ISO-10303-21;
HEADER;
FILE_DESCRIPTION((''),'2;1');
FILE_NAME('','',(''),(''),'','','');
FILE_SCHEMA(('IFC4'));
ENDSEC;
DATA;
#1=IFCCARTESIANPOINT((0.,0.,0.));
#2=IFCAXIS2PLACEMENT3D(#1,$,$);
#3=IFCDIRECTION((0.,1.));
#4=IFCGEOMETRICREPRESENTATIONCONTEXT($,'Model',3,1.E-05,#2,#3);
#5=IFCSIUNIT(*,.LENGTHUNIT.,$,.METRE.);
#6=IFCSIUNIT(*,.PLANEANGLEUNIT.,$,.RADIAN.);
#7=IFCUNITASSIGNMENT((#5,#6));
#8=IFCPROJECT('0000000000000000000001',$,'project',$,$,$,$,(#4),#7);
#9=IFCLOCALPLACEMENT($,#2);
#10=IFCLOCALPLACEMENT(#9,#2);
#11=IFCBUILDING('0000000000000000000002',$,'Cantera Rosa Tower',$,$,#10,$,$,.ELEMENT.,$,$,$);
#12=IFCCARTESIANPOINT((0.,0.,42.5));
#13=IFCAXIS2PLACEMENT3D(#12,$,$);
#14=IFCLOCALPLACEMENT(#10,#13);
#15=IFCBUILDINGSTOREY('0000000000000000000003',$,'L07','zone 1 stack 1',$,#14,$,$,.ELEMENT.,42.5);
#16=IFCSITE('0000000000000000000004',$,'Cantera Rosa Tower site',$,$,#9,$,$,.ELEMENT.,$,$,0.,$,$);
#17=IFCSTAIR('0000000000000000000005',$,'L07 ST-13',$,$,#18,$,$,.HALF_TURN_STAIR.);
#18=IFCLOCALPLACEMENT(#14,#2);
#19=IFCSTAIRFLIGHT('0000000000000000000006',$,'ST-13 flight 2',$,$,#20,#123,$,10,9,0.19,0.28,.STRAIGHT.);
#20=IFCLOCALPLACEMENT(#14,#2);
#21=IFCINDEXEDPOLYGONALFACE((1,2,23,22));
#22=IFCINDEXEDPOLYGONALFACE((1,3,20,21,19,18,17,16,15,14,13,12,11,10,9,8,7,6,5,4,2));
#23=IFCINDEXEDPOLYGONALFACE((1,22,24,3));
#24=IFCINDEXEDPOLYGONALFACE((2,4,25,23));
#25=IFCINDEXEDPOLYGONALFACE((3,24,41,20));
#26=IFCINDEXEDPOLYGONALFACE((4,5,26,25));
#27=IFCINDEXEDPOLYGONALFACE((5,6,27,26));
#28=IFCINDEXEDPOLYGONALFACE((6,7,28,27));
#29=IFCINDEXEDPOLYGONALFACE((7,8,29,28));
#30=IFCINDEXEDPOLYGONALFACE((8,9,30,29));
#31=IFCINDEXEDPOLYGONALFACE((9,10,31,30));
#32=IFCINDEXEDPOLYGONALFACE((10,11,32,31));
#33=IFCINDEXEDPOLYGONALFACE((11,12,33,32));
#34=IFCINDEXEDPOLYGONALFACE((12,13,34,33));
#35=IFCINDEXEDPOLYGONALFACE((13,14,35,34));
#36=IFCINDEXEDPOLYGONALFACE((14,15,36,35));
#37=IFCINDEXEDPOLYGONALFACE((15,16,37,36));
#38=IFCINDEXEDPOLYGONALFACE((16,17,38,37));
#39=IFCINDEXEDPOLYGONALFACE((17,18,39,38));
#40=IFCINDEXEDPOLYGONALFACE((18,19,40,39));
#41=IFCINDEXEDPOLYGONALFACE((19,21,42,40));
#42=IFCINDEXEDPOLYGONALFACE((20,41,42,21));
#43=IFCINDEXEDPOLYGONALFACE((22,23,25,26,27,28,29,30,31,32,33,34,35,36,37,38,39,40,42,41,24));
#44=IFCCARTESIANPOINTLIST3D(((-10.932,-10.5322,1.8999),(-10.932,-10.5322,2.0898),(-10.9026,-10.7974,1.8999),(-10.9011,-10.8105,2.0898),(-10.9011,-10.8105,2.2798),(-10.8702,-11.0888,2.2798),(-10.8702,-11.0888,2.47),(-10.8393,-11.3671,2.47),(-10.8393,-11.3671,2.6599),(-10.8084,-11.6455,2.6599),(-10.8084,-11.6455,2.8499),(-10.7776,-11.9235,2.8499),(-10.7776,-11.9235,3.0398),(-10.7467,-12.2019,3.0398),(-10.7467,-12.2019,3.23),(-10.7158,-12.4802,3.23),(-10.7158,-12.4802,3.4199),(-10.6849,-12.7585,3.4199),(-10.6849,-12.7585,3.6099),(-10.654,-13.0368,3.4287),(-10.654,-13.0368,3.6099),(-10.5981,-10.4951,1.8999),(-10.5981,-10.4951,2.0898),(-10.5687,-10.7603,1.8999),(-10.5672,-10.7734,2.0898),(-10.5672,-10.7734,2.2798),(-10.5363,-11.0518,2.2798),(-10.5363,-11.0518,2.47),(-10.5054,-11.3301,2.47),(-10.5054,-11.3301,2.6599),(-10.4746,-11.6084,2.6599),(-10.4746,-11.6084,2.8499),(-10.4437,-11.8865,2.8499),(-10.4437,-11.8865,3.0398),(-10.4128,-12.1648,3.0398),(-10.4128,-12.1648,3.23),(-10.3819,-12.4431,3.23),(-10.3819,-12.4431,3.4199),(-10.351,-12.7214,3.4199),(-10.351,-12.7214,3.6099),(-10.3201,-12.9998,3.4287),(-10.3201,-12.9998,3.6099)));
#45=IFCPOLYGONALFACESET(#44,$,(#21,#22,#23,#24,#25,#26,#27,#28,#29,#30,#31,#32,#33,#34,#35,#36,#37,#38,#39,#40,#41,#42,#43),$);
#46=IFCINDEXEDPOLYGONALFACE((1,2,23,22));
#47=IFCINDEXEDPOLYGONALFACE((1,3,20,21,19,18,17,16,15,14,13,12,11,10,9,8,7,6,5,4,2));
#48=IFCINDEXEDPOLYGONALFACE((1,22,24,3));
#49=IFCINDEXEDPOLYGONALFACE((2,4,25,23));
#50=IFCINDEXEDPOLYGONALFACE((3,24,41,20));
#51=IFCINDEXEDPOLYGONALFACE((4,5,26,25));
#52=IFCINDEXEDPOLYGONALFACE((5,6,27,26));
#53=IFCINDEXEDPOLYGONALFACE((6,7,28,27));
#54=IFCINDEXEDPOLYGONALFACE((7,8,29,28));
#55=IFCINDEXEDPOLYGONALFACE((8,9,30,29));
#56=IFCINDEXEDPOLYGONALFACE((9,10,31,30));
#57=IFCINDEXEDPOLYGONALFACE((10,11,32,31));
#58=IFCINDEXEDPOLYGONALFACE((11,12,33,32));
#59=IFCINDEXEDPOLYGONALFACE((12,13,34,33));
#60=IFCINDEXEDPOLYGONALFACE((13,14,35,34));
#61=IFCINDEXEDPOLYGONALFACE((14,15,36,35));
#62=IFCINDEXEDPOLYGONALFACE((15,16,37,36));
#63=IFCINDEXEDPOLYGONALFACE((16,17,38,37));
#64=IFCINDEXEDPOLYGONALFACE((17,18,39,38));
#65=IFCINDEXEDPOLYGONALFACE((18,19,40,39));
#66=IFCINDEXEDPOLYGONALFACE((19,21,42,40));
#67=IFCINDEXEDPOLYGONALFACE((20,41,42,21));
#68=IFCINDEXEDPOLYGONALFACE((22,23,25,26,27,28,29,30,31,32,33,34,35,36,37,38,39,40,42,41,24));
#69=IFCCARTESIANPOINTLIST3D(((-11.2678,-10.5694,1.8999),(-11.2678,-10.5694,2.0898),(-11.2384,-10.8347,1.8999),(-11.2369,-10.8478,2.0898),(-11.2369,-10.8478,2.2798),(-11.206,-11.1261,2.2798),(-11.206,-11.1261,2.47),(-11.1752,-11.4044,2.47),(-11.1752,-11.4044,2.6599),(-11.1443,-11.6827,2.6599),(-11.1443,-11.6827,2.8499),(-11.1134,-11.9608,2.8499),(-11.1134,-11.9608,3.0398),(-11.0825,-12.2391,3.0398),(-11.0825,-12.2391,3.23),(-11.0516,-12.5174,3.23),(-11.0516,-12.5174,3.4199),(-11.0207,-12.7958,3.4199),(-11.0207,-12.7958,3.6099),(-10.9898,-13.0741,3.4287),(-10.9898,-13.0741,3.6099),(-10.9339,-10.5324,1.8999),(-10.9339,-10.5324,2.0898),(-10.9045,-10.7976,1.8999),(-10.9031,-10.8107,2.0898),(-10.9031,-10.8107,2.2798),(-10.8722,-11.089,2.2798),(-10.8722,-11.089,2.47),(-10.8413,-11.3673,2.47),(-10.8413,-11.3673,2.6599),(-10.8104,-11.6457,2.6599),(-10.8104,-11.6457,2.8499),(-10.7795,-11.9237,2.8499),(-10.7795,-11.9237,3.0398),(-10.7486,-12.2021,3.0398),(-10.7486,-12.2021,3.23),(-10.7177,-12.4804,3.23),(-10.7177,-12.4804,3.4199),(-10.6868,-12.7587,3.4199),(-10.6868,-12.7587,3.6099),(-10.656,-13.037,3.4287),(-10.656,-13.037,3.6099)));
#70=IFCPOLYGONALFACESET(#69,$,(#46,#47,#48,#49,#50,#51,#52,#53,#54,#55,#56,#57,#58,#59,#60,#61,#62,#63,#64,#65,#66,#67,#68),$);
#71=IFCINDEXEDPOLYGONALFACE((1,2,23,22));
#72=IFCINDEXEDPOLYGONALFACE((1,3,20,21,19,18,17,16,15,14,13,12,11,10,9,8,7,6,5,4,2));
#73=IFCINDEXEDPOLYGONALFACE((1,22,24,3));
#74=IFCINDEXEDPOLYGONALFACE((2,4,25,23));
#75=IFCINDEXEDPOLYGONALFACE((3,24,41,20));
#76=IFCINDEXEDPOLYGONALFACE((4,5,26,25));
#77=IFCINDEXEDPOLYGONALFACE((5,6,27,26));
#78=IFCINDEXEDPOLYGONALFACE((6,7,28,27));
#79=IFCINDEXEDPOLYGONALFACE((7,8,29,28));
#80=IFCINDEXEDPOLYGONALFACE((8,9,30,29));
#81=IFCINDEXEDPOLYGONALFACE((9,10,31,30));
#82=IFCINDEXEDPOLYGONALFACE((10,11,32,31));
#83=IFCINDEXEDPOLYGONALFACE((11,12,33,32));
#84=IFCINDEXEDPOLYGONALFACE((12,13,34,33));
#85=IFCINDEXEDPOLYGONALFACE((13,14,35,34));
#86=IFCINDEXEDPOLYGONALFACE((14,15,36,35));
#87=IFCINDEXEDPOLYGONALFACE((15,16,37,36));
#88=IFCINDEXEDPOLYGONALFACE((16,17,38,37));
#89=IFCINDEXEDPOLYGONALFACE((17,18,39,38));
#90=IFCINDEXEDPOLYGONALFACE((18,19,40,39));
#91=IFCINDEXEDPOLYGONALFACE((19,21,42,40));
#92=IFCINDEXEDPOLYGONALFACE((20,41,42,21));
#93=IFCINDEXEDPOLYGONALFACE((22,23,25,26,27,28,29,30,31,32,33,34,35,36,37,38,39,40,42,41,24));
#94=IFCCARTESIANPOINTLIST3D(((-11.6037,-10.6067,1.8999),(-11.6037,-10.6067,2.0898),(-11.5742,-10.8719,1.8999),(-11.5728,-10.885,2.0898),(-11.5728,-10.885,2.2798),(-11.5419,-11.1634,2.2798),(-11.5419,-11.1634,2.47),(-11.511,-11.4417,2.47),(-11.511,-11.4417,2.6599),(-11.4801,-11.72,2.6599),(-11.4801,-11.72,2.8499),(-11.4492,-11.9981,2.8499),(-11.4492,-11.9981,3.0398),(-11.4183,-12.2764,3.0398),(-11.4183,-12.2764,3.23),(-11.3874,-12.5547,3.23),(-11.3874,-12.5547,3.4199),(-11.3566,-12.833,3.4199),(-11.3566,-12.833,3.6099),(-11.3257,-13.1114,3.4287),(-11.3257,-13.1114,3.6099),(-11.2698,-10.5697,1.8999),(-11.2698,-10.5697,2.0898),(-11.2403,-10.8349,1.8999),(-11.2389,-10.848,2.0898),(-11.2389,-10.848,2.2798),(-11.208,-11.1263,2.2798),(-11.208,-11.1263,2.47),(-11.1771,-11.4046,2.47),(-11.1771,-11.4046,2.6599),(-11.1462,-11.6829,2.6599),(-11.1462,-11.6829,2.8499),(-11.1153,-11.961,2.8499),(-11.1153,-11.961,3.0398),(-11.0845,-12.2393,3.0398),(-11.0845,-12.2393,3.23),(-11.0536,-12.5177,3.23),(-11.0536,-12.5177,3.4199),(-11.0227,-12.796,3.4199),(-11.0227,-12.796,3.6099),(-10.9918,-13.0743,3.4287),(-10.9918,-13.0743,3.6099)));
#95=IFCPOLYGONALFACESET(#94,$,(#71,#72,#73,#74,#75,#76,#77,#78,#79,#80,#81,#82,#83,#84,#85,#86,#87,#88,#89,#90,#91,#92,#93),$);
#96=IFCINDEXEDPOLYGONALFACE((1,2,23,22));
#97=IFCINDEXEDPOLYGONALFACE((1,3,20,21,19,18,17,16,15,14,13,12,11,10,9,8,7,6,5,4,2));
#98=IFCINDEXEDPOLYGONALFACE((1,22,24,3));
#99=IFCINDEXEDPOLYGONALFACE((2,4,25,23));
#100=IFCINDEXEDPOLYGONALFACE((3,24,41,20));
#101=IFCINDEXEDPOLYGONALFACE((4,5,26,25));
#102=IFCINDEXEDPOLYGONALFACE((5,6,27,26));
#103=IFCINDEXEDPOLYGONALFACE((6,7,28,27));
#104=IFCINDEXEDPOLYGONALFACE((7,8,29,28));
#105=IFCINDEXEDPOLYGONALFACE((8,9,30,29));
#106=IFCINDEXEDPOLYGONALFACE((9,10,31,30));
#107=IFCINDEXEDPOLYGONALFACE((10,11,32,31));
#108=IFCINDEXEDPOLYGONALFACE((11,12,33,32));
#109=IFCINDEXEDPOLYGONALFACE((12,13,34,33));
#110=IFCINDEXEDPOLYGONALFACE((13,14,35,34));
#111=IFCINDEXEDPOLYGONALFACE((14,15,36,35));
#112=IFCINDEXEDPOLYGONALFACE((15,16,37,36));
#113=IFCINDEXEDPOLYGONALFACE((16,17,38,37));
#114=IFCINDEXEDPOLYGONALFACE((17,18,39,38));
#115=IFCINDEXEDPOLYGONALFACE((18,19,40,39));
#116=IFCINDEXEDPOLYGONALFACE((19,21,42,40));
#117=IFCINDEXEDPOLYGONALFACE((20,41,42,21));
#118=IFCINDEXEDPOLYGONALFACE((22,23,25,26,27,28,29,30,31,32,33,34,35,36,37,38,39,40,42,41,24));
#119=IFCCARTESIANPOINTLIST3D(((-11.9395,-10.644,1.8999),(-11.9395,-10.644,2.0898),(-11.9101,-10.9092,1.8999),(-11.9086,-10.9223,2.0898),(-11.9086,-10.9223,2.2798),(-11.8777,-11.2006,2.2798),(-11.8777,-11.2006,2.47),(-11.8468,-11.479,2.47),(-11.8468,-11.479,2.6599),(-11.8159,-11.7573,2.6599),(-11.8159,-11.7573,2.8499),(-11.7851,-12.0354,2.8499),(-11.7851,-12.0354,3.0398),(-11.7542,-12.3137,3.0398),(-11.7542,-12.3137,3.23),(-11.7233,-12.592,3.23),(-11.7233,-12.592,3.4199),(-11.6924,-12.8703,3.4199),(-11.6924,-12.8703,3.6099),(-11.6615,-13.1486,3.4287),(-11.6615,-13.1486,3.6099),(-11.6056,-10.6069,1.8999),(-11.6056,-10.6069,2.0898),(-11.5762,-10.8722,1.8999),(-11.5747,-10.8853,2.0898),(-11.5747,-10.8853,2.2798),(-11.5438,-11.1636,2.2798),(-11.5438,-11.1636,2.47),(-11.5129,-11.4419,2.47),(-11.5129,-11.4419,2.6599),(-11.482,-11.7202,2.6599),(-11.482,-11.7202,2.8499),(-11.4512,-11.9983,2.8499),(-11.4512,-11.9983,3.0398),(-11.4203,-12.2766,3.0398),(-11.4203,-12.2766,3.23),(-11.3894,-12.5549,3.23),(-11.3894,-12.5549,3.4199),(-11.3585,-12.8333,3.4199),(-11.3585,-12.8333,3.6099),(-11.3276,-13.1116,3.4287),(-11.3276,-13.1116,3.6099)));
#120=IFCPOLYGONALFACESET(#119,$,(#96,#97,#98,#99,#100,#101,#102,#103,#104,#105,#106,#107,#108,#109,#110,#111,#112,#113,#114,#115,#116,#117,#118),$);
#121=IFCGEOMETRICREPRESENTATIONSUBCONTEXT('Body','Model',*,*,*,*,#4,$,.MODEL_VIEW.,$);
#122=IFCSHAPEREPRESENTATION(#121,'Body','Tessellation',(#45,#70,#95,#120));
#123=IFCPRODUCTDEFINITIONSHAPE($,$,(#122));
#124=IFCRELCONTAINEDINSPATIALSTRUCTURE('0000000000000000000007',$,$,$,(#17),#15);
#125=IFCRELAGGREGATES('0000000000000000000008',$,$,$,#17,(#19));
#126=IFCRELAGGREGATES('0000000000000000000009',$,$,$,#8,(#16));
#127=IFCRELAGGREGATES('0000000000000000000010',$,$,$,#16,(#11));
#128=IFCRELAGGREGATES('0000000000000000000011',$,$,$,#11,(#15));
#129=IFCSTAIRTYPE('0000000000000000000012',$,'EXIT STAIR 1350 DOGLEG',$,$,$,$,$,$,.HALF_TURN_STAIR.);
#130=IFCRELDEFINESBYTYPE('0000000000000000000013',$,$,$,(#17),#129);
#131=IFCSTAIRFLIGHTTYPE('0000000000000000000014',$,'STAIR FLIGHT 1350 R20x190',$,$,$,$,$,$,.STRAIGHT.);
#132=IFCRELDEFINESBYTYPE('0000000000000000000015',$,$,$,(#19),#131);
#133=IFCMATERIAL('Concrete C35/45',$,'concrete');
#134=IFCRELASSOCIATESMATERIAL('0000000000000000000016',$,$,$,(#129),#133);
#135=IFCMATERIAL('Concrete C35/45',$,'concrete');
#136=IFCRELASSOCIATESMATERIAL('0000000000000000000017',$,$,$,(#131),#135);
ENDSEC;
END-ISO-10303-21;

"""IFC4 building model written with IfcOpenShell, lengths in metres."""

from ifc_helpers import new_model, si_unit, direction, frame, origin, place, context, subcontext, project, spatial, polyline, outline, extrude, material, type_object, element, aggregate, save


model = new_model("IFC4")

# Units and contexts
model_context = context("Model", 3, precision=1e-05, world=origin(), true_north=direction((0.0, 1.0)))
body_context = subcontext(model_context, "Body", "Model", "MODEL_VIEW")
ifc_project = project(units=[si_unit("LENGTHUNIT", "METRE"), si_unit("PLANEANGLEUNIT", "RADIAN")], contexts=[model_context])

# Site, building, storey
site_placement = place(None, origin())
site = spatial("IfcSite", under=ifc_project, at=site_placement, Name="Cantera Rosa Tower site", CompositionType="ELEMENT", RefElevation=0.0)
building_placement = place(site_placement, origin())
building = spatial("IfcBuilding", under=site, at=building_placement, Name="Cantera Rosa Tower", CompositionType="ELEMENT")
storey_placement = place(building_placement, frame((0.0, 0.0, 42.5)))
storey = spatial("IfcBuildingStorey", under=building, at=storey_placement, Name="L07", Description="zone 1 stack 1", CompositionType="ELEMENT", Elevation=42.5)

# Stair, stair flight
ifc_material_1 = material(Name="Concrete C35/45", Category="concrete")
stair_type = type_object("IfcStairType", Name="EXIT STAIR 1350 DOGLEG", PredefinedType="HALF_TURN_STAIR", material=ifc_material_1)
stair_placement = place(storey_placement, origin())
stair = element("IfcStair", 1, at=stair_placement, inside=storey, type_object=stair_type, Name="L07 ST-13", PredefinedType="HALF_TURN_STAIR")
ifc_material_2 = material(Name="Concrete C35/45", Category="concrete")
stair_flight_type = type_object("IfcStairFlightType", Name="STAIR FLIGHT 1350 R20x190", PredefinedType="STRAIGHT", material=ifc_material_2)
stair_flight_placement = place(storey_placement, frame((-11.269, -10.5696, 1.8999), z_axis=(0.0, 0.0, 1.0), x_axis=(0.110313, -0.993897, 0.0)))
stair_flight = element("IfcStairFlight", 2, at=stair_flight_placement, type_object=stair_flight_type, Name="ST-13 flight 2", NumberOfRisers=10, NumberOfTreads=9, PredefinedType="STRAIGHT", RiserHeight=0.19, TreadLength=0.28, context=body_context, shape_type="SweptSolid", body=[
    extrude(outline(polyline([(0.0, 0.0), (0.0, 0.1899), (0.28, 0.1899), (0.28, 0.3799), (0.5601, 0.3799), (0.5601, 0.5701), (0.8401, 0.5701), (0.8401, 0.76), (1.1201, 0.76), (1.1201, 0.95), (1.3999, 0.95), (1.3999, 1.1399), (1.6799, 1.1399), (1.6799, 1.3301), (1.96, 1.3301), (1.96, 1.52), (2.24, 1.52), (2.24, 1.71), (2.52, 1.71), (2.52, 1.8999), (2.52, 1.5288), (0.2668, 0.0), (0.0, 0.0)])), frame((0.0, 0.675, 0.0), z_axis=(0.0, -1.0, 0.0), x_axis=(1.0, 0.0, 0.0)), (0.0, 0.0, 1.0), 0.3359),
    extrude(outline(polyline([(0.0, 0.0), (0.0, 0.1899), (0.28, 0.1899), (0.28, 0.3799), (0.5601, 0.3799), (0.5601, 0.5701), (0.8401, 0.5701), (0.8401, 0.76), (1.1201, 0.76), (1.1201, 0.95), (1.3999, 0.95), (1.3999, 1.1399), (1.6799, 1.1399), (1.6799, 1.3301), (1.96, 1.3301), (1.96, 1.52), (2.24, 1.52), (2.24, 1.71), (2.52, 1.71), (2.52, 1.8999), (2.52, 1.5288), (0.2668, 0.0), (0.0, 0.0)])), frame((0.0, 0.3372, 0.0), z_axis=(0.0, -1.0, 0.0), x_axis=(1.0, 0.0, 0.0)), (0.0, 0.0, 1.0), 0.3359),
    extrude(outline(polyline([(0.0, 0.0), (0.0, 0.1899), (0.28, 0.1899), (0.28, 0.3799), (0.5601, 0.3799), (0.5601, 0.5701), (0.8401, 0.5701), (0.8401, 0.76), (1.1201, 0.76), (1.1201, 0.95), (1.3999, 0.95), (1.3999, 1.1399), (1.6799, 1.1399), (1.6799, 1.3301), (1.96, 1.3301), (1.96, 1.52), (2.24, 1.52), (2.24, 1.71), (2.52, 1.71), (2.52, 1.8999), (2.52, 1.5288), (0.2668, 0.0), (0.0, 0.0)])), frame((0.0, -0.0007, 0.0), z_axis=(0.0, -1.0, 0.0), x_axis=(1.0, 0.0, 0.0)), (0.0, 0.0, 1.0), 0.3359),
    extrude(outline(polyline([(0.0, 0.0), (0.0, 0.1899), (0.28, 0.1899), (0.28, 0.3799), (0.5601, 0.3799), (0.5601, 0.5701), (0.8401, 0.5701), (0.8401, 0.76), (1.1201, 0.76), (1.1201, 0.95), (1.3999, 0.95), (1.3999, 1.1399), (1.6799, 1.1399), (1.6799, 1.3301), (1.96, 1.3301), (1.96, 1.52), (2.24, 1.52), (2.24, 1.71), (2.52, 1.71), (2.52, 1.8999), (2.52, 1.5288), (0.2668, 0.0), (0.0, 0.0)])), frame((0.0, -0.3386, 0.0), z_axis=(0.0, -1.0, 0.0), x_axis=(1.0, 0.0, 0.0)), (0.0, 0.0, 1.0), 0.3359),
])
aggregate(stair, [stair_flight])

save(model, "model.ifc")
